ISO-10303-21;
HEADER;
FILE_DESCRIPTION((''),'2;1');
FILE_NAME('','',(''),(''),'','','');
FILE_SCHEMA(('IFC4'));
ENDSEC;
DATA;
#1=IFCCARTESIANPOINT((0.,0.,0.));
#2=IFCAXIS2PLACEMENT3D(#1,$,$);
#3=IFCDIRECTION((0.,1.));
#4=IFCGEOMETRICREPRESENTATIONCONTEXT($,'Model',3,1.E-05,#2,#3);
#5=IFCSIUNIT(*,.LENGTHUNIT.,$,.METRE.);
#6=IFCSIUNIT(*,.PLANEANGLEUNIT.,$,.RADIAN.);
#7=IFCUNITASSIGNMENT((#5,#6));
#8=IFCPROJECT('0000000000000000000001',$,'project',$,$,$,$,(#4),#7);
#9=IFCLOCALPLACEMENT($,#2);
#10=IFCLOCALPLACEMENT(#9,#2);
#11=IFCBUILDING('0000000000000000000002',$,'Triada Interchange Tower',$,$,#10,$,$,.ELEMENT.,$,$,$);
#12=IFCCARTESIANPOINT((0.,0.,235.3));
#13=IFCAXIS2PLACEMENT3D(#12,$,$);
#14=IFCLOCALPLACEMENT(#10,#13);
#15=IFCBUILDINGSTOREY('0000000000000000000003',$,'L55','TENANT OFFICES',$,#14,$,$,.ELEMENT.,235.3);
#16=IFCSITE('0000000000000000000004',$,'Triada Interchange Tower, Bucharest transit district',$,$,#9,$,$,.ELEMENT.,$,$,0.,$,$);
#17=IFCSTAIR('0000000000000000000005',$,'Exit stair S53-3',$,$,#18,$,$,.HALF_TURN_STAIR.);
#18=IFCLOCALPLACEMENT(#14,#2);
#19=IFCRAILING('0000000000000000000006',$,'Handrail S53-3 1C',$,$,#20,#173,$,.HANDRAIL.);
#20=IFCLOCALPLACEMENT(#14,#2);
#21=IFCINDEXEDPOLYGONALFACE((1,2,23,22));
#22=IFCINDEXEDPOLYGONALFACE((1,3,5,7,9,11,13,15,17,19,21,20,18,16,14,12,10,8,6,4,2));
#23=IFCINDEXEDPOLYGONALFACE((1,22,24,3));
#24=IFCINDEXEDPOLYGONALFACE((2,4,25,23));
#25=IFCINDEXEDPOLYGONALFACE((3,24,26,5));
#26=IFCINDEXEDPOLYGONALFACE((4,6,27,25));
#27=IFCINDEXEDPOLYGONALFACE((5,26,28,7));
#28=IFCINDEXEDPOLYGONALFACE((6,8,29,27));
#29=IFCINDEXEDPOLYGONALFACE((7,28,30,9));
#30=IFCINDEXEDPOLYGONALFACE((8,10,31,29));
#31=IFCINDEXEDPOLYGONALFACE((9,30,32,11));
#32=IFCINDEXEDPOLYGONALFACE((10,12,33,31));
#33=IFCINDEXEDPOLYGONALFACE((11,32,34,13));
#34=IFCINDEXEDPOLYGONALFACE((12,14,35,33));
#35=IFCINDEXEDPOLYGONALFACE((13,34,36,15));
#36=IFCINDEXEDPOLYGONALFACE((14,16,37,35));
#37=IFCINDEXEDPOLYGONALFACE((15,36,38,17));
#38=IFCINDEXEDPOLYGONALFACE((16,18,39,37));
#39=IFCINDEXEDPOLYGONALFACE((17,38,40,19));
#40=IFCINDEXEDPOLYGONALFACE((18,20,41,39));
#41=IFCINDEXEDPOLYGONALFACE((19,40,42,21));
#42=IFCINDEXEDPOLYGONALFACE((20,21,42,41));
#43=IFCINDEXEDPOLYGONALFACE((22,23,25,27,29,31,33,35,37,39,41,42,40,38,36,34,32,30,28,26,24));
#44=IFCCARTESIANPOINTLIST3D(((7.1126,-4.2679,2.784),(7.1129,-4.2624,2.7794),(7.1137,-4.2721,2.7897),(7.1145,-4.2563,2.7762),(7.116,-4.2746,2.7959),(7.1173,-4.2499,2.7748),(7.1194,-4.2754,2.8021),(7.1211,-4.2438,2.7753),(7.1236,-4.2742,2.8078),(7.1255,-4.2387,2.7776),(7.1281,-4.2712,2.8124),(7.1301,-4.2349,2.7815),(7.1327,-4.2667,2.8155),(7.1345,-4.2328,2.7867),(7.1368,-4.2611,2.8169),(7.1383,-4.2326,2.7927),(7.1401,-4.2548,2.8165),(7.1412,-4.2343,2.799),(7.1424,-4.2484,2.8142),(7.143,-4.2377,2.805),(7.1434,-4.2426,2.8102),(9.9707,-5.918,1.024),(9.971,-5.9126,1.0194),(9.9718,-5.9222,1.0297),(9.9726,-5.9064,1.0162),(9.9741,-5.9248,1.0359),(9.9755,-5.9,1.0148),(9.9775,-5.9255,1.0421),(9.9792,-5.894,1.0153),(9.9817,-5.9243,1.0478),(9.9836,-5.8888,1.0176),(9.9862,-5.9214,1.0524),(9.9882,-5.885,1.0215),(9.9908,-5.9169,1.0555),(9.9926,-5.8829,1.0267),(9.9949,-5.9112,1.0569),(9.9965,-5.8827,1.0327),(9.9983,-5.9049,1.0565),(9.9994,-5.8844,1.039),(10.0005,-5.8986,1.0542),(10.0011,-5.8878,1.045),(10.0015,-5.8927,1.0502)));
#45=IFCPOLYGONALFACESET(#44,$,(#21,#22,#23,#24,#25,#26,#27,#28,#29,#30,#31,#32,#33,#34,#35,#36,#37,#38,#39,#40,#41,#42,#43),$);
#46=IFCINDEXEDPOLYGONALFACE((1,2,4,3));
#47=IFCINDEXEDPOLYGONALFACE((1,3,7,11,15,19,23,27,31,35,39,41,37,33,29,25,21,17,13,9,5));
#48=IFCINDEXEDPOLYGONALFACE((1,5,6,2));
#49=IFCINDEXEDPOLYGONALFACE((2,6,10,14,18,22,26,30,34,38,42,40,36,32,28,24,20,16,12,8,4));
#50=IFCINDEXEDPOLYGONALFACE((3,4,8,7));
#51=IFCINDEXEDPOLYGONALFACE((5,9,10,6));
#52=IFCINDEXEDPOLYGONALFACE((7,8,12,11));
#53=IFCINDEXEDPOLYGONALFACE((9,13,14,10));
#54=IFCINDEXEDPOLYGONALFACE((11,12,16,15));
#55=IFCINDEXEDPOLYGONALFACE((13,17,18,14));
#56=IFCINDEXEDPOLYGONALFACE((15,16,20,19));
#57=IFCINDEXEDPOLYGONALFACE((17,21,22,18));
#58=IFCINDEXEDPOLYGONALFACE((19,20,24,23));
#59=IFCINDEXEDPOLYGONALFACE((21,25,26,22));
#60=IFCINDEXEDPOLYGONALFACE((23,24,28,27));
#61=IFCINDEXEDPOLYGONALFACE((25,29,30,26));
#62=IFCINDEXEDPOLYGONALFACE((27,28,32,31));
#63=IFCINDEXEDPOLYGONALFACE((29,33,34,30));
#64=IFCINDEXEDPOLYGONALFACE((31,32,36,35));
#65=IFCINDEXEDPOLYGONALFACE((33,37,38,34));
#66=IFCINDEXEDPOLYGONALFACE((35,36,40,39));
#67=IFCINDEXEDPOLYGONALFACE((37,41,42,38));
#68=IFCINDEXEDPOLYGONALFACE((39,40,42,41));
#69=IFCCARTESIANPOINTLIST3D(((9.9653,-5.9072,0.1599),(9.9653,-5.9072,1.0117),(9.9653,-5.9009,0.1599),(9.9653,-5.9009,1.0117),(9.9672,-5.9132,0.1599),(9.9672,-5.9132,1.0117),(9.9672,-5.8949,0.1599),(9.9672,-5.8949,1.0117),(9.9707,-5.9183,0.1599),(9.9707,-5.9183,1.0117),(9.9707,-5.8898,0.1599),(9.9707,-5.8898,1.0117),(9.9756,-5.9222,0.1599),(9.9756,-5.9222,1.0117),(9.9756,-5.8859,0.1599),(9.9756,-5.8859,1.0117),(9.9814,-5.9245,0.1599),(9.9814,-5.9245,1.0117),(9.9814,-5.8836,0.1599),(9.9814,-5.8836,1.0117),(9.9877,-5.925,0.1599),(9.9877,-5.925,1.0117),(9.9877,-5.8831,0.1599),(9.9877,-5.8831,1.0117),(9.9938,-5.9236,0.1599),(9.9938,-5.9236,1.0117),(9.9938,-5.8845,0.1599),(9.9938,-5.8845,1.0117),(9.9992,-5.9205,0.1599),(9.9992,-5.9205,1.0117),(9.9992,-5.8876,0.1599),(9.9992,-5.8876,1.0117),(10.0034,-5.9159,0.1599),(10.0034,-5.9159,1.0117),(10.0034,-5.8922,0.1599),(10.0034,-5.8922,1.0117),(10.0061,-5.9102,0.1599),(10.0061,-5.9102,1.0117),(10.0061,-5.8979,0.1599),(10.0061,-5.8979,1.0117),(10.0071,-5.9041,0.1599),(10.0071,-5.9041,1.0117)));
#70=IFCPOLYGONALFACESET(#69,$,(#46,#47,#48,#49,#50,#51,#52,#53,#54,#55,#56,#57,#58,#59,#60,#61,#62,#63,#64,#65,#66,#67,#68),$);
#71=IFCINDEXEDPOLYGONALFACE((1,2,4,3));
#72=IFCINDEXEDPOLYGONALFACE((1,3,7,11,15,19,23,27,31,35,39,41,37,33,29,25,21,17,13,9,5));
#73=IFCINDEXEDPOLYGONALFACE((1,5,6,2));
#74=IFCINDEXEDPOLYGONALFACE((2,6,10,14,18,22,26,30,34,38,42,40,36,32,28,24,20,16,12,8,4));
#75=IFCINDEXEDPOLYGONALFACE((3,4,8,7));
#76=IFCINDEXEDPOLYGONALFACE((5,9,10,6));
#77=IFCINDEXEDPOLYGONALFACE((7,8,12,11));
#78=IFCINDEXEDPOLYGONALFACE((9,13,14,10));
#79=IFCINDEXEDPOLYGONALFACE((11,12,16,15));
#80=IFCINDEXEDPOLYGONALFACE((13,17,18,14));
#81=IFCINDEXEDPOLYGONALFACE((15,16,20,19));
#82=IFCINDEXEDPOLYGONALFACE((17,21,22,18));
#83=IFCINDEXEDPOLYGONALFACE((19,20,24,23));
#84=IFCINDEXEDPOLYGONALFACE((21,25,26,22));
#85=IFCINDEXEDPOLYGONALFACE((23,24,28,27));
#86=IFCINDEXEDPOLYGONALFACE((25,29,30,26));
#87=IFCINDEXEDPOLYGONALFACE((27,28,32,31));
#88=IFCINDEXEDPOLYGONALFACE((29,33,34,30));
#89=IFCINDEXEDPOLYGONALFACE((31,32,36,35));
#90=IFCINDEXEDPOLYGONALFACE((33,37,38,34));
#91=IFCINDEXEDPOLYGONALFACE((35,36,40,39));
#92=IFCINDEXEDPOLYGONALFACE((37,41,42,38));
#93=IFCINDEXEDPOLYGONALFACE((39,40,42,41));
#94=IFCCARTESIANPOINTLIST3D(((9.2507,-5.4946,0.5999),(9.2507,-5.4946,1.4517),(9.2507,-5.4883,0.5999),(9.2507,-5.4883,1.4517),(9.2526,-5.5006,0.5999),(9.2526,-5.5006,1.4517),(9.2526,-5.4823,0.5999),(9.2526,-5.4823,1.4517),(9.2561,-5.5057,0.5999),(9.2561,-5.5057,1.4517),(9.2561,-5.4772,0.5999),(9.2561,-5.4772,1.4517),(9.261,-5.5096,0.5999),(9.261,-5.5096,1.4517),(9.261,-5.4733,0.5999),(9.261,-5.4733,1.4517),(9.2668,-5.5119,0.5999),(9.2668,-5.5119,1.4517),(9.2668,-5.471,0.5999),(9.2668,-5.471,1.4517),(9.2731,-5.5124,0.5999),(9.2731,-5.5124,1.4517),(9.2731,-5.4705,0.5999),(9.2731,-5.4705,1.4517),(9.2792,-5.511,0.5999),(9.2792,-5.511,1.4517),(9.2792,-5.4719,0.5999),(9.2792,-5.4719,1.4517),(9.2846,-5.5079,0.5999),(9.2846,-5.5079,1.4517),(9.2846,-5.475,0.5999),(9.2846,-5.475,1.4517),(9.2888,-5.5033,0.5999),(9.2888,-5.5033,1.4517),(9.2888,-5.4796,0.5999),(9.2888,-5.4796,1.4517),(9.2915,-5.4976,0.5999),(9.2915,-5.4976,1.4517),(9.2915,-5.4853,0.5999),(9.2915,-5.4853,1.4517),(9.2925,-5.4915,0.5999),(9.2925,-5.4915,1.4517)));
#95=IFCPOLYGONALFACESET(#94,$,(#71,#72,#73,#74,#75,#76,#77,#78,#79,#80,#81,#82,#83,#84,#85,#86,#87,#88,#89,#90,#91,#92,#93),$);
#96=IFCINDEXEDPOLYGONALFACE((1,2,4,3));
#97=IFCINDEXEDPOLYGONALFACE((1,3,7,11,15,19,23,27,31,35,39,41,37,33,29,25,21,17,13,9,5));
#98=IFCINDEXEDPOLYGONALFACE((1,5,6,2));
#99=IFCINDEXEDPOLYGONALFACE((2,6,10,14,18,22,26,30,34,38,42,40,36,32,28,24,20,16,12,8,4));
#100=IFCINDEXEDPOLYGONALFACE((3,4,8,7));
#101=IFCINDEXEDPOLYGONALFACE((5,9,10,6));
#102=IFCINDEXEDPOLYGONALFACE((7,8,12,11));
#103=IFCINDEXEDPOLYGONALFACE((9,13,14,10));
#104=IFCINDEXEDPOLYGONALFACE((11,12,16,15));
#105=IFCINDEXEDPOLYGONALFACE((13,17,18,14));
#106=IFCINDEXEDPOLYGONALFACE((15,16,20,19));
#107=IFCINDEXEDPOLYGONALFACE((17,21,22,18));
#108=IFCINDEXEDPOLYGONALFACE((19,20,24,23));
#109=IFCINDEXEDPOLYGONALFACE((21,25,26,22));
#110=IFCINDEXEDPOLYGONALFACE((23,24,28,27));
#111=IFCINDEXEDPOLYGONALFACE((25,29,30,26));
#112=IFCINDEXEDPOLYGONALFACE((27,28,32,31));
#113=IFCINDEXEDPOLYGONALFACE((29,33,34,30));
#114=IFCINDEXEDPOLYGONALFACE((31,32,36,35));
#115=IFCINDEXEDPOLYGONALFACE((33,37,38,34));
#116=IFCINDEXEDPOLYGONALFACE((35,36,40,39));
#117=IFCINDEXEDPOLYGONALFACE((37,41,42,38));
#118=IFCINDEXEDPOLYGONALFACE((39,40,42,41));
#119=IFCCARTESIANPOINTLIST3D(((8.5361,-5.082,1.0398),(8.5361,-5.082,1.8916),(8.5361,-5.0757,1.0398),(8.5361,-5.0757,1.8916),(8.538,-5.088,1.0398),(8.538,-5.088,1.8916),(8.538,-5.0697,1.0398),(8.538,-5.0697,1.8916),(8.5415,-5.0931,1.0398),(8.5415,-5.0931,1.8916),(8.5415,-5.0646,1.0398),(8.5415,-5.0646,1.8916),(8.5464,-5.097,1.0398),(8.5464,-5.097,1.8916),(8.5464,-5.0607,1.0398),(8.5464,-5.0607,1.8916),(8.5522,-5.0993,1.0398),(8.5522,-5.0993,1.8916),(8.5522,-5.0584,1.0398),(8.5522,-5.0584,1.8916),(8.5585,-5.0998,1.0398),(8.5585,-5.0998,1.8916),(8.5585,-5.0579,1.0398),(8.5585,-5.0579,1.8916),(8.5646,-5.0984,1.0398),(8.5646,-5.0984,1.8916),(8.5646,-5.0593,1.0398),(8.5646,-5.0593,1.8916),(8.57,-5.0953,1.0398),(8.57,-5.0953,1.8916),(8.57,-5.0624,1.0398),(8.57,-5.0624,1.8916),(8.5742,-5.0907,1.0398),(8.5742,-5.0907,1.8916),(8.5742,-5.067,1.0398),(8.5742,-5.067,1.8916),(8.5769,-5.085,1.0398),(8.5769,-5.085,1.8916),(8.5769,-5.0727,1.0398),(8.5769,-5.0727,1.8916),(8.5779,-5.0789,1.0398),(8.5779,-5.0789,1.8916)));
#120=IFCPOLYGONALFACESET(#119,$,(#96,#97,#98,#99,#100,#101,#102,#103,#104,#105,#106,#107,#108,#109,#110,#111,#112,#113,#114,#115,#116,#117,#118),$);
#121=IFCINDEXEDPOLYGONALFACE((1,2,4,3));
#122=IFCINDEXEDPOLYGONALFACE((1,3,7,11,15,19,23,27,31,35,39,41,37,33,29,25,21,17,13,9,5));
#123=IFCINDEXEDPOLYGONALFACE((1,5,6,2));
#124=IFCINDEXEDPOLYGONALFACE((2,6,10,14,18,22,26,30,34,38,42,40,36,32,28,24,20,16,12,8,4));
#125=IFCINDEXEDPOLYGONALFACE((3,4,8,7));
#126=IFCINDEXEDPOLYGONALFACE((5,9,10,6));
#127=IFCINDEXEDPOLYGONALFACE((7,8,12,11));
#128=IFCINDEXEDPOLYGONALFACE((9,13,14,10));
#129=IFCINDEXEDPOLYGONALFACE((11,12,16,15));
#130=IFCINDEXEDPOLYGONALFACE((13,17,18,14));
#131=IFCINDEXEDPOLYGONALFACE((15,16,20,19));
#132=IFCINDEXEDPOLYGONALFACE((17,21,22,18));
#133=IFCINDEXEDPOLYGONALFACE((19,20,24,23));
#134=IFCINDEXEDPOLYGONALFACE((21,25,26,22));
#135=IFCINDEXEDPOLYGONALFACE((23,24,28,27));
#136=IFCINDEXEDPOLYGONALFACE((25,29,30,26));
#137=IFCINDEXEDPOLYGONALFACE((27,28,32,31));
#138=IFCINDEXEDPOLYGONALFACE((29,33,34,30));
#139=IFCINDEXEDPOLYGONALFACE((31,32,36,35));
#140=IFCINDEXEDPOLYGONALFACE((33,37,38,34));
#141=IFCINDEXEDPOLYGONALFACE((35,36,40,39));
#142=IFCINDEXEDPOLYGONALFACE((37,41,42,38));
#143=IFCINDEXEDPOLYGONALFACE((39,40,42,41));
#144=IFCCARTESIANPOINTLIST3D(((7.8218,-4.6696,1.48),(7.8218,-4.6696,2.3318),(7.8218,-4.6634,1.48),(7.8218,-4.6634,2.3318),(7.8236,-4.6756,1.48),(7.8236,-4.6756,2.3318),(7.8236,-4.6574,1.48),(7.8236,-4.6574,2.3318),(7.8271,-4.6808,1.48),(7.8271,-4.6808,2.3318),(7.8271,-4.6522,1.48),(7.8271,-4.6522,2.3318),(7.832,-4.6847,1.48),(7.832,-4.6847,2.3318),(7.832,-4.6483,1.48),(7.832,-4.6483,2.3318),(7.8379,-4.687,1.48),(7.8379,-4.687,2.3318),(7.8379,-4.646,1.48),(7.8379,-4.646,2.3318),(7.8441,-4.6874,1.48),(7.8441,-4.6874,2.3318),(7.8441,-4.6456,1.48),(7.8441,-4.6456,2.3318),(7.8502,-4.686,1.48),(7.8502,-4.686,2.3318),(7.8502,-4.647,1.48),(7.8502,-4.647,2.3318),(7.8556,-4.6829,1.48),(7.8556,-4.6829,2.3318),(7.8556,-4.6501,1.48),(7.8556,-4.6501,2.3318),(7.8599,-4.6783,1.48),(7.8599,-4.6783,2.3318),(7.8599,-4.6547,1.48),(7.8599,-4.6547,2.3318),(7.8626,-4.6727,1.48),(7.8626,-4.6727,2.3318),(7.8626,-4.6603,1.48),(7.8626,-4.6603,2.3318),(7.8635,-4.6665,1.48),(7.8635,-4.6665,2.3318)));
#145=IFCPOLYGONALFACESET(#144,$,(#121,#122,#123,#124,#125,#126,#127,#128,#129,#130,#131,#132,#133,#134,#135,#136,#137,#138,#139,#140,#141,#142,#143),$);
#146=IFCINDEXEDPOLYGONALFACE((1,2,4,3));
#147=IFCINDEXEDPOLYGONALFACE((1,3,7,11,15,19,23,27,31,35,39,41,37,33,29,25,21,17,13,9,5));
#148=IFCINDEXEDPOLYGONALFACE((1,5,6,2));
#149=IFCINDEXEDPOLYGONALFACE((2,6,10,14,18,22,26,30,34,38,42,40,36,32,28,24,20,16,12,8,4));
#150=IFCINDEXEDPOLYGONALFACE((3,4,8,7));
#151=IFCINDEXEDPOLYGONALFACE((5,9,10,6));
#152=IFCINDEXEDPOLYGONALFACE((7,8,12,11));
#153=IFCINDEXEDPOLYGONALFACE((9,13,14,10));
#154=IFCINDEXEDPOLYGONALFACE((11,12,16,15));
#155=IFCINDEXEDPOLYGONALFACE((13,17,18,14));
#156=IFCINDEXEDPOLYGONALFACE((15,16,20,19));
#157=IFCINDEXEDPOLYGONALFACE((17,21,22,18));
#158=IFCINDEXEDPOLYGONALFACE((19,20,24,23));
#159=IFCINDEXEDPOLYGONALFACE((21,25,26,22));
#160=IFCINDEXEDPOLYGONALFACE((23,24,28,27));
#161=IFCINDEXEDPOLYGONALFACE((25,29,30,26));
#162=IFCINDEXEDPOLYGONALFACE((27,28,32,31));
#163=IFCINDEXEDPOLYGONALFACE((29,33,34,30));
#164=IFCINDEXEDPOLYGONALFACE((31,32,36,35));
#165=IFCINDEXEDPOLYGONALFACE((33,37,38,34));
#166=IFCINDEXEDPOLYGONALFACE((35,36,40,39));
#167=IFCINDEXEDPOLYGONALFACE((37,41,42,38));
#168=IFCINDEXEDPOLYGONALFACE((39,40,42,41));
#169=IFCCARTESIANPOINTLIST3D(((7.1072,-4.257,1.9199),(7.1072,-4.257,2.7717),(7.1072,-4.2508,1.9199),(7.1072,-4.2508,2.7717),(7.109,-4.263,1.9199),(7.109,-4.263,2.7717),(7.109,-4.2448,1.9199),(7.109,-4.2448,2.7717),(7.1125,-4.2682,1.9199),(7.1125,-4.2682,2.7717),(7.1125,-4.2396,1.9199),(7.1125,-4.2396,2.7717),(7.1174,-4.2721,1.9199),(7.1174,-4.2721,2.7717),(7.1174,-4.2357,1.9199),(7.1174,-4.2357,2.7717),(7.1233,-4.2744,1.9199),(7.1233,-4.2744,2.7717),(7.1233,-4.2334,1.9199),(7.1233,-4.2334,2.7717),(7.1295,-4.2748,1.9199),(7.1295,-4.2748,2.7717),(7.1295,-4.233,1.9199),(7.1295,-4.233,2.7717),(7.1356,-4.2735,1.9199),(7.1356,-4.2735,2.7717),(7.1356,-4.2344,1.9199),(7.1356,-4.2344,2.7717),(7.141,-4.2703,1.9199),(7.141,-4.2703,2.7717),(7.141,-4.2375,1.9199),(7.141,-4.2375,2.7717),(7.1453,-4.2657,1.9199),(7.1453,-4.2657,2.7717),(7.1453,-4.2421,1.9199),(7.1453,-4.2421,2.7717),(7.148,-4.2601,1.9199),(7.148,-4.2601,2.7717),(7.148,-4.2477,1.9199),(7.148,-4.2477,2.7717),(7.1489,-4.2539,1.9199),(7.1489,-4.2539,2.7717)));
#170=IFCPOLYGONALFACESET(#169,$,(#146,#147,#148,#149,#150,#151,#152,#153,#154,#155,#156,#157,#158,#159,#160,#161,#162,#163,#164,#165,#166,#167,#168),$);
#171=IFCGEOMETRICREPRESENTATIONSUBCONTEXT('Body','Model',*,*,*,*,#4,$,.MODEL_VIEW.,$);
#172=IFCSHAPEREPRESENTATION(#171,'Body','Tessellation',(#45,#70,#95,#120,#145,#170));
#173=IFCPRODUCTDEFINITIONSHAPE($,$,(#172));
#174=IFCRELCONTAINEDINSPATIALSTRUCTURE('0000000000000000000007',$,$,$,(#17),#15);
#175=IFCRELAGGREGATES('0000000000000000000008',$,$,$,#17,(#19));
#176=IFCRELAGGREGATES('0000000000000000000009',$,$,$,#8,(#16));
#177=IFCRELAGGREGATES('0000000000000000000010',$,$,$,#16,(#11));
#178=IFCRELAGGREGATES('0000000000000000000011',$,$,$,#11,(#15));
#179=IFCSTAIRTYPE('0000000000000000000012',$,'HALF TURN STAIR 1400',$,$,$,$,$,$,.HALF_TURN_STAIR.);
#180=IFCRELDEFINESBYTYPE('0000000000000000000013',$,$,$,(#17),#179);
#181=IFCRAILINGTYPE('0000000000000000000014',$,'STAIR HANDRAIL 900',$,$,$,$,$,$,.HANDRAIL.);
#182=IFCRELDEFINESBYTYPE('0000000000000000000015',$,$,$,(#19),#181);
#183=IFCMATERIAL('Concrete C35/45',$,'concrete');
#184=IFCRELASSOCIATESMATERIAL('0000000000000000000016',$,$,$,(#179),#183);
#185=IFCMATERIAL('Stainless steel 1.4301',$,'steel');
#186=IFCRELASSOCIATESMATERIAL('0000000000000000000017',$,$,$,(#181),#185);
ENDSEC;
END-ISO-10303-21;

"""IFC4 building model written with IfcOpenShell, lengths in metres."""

from ifc_helpers import new_model, si_unit, direction, frame, origin, origin_2d, place, context, subcontext, project, spatial, circle, extrude, material, type_object, element, aggregate, save


model = new_model("IFC4")

# Units and contexts
model_context = context("Model", 3, precision=1e-05, world=origin(), true_north=direction((0.0, 1.0)))
body_context = subcontext(model_context, "Body", "Model", "MODEL_VIEW")
ifc_project = project(units=[si_unit("LENGTHUNIT", "METRE"), si_unit("PLANEANGLEUNIT", "RADIAN")], contexts=[model_context])

# Site, building, storey
site_placement = place(None, origin())
site = spatial("IfcSite", under=ifc_project, at=site_placement, Name="Triada Interchange Tower, Bucharest transit district", CompositionType="ELEMENT", RefElevation=0.0)
building_placement = place(site_placement, origin())
building = spatial("IfcBuilding", under=site, at=building_placement, Name="Triada Interchange Tower", CompositionType="ELEMENT")
storey_placement = place(building_placement, frame((0.0, 0.0, 235.3)))
storey = spatial("IfcBuildingStorey", under=building, at=storey_placement, Name="L55", Description="TENANT OFFICES", CompositionType="ELEMENT", Elevation=235.3)

# Stair, railing
ifc_material_1 = material(Name="Concrete C35/45", Category="concrete")
stair_type = type_object("IfcStairType", Name="HALF TURN STAIR 1400", PredefinedType="HALF_TURN_STAIR", material=ifc_material_1)
stair_placement = place(storey_placement, origin())
stair = element("IfcStair", 1, at=stair_placement, inside=storey, type_object=stair_type, Name="Exit stair S53-3", PredefinedType="HALF_TURN_STAIR")
ifc_material_2 = material(Name="Stainless steel 1.4301", Category="steel")
railing_type = type_object("IfcRailingType", Name="STAIR HANDRAIL 900", PredefinedType="HANDRAIL", material=ifc_material_2)
railing_1_placement = place(storey_placement, frame((9.9861, -5.9041, 0.1599)))
railing_1 = element("IfcRailing", 2, at=railing_1_placement, type_object=railing_type, Name="Handrail S53-3 1C", PredefinedType="HANDRAIL", context=body_context, shape_type="SweptSolid", body=[
    extrude(circle(Radius=0.0239, at=origin_2d()), frame((0.0, 0.0, 0.876), z_axis=(-0.764156, 0.441183, 0.470556), x_axis=(-0.499998, -0.866027, 0.0)), (0.0, 0.0, 1.0), 3.7402),
    extrude(circle(Radius=0.021, at=origin_2d()), origin(), (0.0, 0.0, 1.0), 0.8518),
    extrude(circle(Radius=0.021, at=origin_2d()), frame((-0.7146, 0.4126, 0.4399)), (0.0, 0.0, 1.0), 0.8518),
    extrude(circle(Radius=0.021, at=origin_2d()), frame((-1.4292, 0.8252, 0.8799)), (0.0, 0.0, 1.0), 0.8518),
    extrude(circle(Radius=0.021, at=origin_2d()), frame((-2.1436, 1.2375, 1.3201)), (0.0, 0.0, 1.0), 0.8518),
    extrude(circle(Radius=0.021, at=origin_2d()), frame((-2.8582, 1.6501, 1.76)), (0.0, 0.0, 1.0), 0.8518),
])
aggregate(stair, [railing_1])

save(model, "model.ifc")
